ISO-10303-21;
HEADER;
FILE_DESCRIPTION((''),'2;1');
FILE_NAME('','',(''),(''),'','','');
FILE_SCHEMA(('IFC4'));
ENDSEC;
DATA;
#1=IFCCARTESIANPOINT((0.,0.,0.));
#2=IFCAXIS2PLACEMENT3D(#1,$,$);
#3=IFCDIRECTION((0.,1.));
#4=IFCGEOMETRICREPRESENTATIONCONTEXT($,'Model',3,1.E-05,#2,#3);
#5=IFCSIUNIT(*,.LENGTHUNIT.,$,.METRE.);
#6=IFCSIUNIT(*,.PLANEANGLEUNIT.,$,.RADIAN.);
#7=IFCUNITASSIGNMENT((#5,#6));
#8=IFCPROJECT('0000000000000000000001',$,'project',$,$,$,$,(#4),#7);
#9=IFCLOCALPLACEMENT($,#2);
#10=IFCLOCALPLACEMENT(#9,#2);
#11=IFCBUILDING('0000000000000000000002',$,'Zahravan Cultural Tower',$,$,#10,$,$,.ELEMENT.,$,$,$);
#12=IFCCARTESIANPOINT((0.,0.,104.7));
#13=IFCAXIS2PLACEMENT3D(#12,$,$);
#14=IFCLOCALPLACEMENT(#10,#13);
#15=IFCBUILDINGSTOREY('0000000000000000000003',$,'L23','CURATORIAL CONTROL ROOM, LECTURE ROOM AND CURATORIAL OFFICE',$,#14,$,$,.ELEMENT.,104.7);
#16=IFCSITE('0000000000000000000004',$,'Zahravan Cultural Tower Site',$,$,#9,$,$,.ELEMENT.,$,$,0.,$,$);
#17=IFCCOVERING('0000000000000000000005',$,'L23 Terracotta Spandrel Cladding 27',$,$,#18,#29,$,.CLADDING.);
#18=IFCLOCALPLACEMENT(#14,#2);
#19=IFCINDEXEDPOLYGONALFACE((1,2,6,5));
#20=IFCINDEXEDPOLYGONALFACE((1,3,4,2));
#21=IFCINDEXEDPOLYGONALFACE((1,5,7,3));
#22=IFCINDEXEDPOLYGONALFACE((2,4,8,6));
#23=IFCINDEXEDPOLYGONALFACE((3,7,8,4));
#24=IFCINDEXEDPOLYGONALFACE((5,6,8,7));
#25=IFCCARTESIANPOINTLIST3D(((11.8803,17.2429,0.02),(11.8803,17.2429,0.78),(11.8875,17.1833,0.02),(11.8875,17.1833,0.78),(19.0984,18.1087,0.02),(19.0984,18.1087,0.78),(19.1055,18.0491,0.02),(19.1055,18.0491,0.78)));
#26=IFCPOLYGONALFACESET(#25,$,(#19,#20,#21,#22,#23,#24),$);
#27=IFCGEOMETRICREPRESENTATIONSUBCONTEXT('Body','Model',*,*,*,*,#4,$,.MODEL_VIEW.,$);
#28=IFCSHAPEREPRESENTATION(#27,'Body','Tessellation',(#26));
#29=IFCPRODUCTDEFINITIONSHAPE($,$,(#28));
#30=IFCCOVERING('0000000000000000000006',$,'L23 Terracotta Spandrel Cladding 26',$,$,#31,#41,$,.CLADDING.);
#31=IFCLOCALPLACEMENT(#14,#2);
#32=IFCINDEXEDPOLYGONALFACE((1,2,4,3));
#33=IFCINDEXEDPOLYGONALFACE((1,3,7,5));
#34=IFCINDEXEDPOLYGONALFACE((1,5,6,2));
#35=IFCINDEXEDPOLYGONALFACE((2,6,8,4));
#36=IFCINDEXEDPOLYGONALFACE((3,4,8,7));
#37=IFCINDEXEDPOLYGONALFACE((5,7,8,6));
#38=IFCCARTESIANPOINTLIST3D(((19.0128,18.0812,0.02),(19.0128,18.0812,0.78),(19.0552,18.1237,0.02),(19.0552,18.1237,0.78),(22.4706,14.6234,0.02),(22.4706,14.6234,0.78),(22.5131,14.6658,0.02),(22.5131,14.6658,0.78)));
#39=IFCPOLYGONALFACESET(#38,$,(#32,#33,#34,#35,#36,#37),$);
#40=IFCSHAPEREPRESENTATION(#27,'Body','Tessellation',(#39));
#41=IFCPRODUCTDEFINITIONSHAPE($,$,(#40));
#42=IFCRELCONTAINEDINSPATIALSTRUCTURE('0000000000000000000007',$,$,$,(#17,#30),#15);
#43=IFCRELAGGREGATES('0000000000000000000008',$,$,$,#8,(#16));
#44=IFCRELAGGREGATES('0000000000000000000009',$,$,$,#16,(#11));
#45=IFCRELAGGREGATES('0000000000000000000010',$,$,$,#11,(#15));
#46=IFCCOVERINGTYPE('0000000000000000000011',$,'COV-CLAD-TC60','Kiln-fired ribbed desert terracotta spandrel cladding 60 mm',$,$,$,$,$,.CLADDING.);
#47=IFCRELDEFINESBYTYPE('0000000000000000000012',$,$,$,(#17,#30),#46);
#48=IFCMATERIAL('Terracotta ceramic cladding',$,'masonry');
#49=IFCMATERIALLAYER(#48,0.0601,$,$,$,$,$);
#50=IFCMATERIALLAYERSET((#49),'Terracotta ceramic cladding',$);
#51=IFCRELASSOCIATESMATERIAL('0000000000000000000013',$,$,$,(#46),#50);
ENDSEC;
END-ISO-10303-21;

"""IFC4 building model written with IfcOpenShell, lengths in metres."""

from ifc_helpers import new_model, si_unit, direction, frame, origin, origin_2d, place, context, subcontext, project, spatial, rectangle, extrude, source, transform, mapped, material, layer, layer_set, type_object, element, save


model = new_model("IFC4")

# Units and contexts
model_context = context("Model", 3, precision=1e-05, world=origin(), true_north=direction((0.0, 1.0)))
body_context = subcontext(model_context, "Body", "Model", "MODEL_VIEW")
ifc_project = project(units=[si_unit("LENGTHUNIT", "METRE"), si_unit("PLANEANGLEUNIT", "RADIAN")], contexts=[model_context])

# Site, building, storey
site_placement = place(None, origin())
site = spatial("IfcSite", under=ifc_project, at=site_placement, Name="Zahravan Cultural Tower Site", CompositionType="ELEMENT", RefElevation=0.0)
building_placement = place(site_placement, origin())
building = spatial("IfcBuilding", under=site, at=building_placement, Name="Zahravan Cultural Tower", CompositionType="ELEMENT")
storey_placement = place(building_placement, frame((0.0, 0.0, 104.7)))
storey = spatial("IfcBuildingStorey", under=building, at=storey_placement, Name="L23", Description="CURATORIAL CONTROL ROOM, LECTURE ROOM AND CURATORIAL OFFICE", CompositionType="ELEMENT", Elevation=104.7)

# Coverings
ifc_material_1 = material(Name="Terracotta ceramic cladding", Category="masonry")
ifc_layer_1 = layer(ifc_material_1, 0.0601)
ifc_layer_set_1 = layer_set([ifc_layer_1], Name="Terracotta ceramic cladding")
covering_type_1 = type_object("IfcCoveringType", Name="COV-CLAD-TC60", Description="Kiln-fired ribbed desert terracotta spandrel cladding 60 mm", PredefinedType="CLADDING", material=ifc_layer_set_1)
shared_shape_1 = source(origin(), body_context, "Body", "SweptSolid", [
    extrude(rectangle(XDim=7.2698, YDim=0.0601, at=origin_2d()), origin(), (0.0, 0.0, 1.0), 0.76),
])
covering_1_placement = place(storey_placement, frame((15.4929, 17.646, 0.02), z_axis=(0.0, 0.0, 1.0), x_axis=(-0.992883, -0.119097, 0.0)))
element("IfcCovering", 1, at=covering_1_placement, inside=storey, type_object=covering_type_1, Name="L23 Terracotta Spandrel Cladding 27", PredefinedType="CLADDING", context=body_context, shape_type="MappedRepresentation", body=[
    mapped(shared_shape_1, transform((0.0, 0.0, 0.0), x_axis=(1.0, 0.0, 0.0), y_axis=(0.0, 1.0, 0.0), z_axis=(0.0, 0.0, 1.0), scale=1.0)),
])
shared_shape_2 = source(origin(), body_context, "Body", "SweptSolid", [
    extrude(rectangle(XDim=4.8901, YDim=0.0601, at=origin_2d()), origin(), (0.0, 0.0, 1.0), 0.76),
])
covering_2_placement = place(storey_placement, frame((20.7629, 16.3735, 0.02), z_axis=(0.0, 0.0, 1.0), x_axis=(-0.707107, 0.707107, 0.0)))
element("IfcCovering", 2, at=covering_2_placement, inside=storey, type_object=covering_type_1, Name="L23 Terracotta Spandrel Cladding 26", PredefinedType="CLADDING", context=body_context, shape_type="MappedRepresentation", body=[
    mapped(shared_shape_2, transform((0.0, 0.0, 0.0), x_axis=(1.0, 0.0, 0.0), y_axis=(0.0, 1.0, 0.0), z_axis=(0.0, 0.0, 1.0), scale=1.0)),
])

save(model, "model.ifc")
